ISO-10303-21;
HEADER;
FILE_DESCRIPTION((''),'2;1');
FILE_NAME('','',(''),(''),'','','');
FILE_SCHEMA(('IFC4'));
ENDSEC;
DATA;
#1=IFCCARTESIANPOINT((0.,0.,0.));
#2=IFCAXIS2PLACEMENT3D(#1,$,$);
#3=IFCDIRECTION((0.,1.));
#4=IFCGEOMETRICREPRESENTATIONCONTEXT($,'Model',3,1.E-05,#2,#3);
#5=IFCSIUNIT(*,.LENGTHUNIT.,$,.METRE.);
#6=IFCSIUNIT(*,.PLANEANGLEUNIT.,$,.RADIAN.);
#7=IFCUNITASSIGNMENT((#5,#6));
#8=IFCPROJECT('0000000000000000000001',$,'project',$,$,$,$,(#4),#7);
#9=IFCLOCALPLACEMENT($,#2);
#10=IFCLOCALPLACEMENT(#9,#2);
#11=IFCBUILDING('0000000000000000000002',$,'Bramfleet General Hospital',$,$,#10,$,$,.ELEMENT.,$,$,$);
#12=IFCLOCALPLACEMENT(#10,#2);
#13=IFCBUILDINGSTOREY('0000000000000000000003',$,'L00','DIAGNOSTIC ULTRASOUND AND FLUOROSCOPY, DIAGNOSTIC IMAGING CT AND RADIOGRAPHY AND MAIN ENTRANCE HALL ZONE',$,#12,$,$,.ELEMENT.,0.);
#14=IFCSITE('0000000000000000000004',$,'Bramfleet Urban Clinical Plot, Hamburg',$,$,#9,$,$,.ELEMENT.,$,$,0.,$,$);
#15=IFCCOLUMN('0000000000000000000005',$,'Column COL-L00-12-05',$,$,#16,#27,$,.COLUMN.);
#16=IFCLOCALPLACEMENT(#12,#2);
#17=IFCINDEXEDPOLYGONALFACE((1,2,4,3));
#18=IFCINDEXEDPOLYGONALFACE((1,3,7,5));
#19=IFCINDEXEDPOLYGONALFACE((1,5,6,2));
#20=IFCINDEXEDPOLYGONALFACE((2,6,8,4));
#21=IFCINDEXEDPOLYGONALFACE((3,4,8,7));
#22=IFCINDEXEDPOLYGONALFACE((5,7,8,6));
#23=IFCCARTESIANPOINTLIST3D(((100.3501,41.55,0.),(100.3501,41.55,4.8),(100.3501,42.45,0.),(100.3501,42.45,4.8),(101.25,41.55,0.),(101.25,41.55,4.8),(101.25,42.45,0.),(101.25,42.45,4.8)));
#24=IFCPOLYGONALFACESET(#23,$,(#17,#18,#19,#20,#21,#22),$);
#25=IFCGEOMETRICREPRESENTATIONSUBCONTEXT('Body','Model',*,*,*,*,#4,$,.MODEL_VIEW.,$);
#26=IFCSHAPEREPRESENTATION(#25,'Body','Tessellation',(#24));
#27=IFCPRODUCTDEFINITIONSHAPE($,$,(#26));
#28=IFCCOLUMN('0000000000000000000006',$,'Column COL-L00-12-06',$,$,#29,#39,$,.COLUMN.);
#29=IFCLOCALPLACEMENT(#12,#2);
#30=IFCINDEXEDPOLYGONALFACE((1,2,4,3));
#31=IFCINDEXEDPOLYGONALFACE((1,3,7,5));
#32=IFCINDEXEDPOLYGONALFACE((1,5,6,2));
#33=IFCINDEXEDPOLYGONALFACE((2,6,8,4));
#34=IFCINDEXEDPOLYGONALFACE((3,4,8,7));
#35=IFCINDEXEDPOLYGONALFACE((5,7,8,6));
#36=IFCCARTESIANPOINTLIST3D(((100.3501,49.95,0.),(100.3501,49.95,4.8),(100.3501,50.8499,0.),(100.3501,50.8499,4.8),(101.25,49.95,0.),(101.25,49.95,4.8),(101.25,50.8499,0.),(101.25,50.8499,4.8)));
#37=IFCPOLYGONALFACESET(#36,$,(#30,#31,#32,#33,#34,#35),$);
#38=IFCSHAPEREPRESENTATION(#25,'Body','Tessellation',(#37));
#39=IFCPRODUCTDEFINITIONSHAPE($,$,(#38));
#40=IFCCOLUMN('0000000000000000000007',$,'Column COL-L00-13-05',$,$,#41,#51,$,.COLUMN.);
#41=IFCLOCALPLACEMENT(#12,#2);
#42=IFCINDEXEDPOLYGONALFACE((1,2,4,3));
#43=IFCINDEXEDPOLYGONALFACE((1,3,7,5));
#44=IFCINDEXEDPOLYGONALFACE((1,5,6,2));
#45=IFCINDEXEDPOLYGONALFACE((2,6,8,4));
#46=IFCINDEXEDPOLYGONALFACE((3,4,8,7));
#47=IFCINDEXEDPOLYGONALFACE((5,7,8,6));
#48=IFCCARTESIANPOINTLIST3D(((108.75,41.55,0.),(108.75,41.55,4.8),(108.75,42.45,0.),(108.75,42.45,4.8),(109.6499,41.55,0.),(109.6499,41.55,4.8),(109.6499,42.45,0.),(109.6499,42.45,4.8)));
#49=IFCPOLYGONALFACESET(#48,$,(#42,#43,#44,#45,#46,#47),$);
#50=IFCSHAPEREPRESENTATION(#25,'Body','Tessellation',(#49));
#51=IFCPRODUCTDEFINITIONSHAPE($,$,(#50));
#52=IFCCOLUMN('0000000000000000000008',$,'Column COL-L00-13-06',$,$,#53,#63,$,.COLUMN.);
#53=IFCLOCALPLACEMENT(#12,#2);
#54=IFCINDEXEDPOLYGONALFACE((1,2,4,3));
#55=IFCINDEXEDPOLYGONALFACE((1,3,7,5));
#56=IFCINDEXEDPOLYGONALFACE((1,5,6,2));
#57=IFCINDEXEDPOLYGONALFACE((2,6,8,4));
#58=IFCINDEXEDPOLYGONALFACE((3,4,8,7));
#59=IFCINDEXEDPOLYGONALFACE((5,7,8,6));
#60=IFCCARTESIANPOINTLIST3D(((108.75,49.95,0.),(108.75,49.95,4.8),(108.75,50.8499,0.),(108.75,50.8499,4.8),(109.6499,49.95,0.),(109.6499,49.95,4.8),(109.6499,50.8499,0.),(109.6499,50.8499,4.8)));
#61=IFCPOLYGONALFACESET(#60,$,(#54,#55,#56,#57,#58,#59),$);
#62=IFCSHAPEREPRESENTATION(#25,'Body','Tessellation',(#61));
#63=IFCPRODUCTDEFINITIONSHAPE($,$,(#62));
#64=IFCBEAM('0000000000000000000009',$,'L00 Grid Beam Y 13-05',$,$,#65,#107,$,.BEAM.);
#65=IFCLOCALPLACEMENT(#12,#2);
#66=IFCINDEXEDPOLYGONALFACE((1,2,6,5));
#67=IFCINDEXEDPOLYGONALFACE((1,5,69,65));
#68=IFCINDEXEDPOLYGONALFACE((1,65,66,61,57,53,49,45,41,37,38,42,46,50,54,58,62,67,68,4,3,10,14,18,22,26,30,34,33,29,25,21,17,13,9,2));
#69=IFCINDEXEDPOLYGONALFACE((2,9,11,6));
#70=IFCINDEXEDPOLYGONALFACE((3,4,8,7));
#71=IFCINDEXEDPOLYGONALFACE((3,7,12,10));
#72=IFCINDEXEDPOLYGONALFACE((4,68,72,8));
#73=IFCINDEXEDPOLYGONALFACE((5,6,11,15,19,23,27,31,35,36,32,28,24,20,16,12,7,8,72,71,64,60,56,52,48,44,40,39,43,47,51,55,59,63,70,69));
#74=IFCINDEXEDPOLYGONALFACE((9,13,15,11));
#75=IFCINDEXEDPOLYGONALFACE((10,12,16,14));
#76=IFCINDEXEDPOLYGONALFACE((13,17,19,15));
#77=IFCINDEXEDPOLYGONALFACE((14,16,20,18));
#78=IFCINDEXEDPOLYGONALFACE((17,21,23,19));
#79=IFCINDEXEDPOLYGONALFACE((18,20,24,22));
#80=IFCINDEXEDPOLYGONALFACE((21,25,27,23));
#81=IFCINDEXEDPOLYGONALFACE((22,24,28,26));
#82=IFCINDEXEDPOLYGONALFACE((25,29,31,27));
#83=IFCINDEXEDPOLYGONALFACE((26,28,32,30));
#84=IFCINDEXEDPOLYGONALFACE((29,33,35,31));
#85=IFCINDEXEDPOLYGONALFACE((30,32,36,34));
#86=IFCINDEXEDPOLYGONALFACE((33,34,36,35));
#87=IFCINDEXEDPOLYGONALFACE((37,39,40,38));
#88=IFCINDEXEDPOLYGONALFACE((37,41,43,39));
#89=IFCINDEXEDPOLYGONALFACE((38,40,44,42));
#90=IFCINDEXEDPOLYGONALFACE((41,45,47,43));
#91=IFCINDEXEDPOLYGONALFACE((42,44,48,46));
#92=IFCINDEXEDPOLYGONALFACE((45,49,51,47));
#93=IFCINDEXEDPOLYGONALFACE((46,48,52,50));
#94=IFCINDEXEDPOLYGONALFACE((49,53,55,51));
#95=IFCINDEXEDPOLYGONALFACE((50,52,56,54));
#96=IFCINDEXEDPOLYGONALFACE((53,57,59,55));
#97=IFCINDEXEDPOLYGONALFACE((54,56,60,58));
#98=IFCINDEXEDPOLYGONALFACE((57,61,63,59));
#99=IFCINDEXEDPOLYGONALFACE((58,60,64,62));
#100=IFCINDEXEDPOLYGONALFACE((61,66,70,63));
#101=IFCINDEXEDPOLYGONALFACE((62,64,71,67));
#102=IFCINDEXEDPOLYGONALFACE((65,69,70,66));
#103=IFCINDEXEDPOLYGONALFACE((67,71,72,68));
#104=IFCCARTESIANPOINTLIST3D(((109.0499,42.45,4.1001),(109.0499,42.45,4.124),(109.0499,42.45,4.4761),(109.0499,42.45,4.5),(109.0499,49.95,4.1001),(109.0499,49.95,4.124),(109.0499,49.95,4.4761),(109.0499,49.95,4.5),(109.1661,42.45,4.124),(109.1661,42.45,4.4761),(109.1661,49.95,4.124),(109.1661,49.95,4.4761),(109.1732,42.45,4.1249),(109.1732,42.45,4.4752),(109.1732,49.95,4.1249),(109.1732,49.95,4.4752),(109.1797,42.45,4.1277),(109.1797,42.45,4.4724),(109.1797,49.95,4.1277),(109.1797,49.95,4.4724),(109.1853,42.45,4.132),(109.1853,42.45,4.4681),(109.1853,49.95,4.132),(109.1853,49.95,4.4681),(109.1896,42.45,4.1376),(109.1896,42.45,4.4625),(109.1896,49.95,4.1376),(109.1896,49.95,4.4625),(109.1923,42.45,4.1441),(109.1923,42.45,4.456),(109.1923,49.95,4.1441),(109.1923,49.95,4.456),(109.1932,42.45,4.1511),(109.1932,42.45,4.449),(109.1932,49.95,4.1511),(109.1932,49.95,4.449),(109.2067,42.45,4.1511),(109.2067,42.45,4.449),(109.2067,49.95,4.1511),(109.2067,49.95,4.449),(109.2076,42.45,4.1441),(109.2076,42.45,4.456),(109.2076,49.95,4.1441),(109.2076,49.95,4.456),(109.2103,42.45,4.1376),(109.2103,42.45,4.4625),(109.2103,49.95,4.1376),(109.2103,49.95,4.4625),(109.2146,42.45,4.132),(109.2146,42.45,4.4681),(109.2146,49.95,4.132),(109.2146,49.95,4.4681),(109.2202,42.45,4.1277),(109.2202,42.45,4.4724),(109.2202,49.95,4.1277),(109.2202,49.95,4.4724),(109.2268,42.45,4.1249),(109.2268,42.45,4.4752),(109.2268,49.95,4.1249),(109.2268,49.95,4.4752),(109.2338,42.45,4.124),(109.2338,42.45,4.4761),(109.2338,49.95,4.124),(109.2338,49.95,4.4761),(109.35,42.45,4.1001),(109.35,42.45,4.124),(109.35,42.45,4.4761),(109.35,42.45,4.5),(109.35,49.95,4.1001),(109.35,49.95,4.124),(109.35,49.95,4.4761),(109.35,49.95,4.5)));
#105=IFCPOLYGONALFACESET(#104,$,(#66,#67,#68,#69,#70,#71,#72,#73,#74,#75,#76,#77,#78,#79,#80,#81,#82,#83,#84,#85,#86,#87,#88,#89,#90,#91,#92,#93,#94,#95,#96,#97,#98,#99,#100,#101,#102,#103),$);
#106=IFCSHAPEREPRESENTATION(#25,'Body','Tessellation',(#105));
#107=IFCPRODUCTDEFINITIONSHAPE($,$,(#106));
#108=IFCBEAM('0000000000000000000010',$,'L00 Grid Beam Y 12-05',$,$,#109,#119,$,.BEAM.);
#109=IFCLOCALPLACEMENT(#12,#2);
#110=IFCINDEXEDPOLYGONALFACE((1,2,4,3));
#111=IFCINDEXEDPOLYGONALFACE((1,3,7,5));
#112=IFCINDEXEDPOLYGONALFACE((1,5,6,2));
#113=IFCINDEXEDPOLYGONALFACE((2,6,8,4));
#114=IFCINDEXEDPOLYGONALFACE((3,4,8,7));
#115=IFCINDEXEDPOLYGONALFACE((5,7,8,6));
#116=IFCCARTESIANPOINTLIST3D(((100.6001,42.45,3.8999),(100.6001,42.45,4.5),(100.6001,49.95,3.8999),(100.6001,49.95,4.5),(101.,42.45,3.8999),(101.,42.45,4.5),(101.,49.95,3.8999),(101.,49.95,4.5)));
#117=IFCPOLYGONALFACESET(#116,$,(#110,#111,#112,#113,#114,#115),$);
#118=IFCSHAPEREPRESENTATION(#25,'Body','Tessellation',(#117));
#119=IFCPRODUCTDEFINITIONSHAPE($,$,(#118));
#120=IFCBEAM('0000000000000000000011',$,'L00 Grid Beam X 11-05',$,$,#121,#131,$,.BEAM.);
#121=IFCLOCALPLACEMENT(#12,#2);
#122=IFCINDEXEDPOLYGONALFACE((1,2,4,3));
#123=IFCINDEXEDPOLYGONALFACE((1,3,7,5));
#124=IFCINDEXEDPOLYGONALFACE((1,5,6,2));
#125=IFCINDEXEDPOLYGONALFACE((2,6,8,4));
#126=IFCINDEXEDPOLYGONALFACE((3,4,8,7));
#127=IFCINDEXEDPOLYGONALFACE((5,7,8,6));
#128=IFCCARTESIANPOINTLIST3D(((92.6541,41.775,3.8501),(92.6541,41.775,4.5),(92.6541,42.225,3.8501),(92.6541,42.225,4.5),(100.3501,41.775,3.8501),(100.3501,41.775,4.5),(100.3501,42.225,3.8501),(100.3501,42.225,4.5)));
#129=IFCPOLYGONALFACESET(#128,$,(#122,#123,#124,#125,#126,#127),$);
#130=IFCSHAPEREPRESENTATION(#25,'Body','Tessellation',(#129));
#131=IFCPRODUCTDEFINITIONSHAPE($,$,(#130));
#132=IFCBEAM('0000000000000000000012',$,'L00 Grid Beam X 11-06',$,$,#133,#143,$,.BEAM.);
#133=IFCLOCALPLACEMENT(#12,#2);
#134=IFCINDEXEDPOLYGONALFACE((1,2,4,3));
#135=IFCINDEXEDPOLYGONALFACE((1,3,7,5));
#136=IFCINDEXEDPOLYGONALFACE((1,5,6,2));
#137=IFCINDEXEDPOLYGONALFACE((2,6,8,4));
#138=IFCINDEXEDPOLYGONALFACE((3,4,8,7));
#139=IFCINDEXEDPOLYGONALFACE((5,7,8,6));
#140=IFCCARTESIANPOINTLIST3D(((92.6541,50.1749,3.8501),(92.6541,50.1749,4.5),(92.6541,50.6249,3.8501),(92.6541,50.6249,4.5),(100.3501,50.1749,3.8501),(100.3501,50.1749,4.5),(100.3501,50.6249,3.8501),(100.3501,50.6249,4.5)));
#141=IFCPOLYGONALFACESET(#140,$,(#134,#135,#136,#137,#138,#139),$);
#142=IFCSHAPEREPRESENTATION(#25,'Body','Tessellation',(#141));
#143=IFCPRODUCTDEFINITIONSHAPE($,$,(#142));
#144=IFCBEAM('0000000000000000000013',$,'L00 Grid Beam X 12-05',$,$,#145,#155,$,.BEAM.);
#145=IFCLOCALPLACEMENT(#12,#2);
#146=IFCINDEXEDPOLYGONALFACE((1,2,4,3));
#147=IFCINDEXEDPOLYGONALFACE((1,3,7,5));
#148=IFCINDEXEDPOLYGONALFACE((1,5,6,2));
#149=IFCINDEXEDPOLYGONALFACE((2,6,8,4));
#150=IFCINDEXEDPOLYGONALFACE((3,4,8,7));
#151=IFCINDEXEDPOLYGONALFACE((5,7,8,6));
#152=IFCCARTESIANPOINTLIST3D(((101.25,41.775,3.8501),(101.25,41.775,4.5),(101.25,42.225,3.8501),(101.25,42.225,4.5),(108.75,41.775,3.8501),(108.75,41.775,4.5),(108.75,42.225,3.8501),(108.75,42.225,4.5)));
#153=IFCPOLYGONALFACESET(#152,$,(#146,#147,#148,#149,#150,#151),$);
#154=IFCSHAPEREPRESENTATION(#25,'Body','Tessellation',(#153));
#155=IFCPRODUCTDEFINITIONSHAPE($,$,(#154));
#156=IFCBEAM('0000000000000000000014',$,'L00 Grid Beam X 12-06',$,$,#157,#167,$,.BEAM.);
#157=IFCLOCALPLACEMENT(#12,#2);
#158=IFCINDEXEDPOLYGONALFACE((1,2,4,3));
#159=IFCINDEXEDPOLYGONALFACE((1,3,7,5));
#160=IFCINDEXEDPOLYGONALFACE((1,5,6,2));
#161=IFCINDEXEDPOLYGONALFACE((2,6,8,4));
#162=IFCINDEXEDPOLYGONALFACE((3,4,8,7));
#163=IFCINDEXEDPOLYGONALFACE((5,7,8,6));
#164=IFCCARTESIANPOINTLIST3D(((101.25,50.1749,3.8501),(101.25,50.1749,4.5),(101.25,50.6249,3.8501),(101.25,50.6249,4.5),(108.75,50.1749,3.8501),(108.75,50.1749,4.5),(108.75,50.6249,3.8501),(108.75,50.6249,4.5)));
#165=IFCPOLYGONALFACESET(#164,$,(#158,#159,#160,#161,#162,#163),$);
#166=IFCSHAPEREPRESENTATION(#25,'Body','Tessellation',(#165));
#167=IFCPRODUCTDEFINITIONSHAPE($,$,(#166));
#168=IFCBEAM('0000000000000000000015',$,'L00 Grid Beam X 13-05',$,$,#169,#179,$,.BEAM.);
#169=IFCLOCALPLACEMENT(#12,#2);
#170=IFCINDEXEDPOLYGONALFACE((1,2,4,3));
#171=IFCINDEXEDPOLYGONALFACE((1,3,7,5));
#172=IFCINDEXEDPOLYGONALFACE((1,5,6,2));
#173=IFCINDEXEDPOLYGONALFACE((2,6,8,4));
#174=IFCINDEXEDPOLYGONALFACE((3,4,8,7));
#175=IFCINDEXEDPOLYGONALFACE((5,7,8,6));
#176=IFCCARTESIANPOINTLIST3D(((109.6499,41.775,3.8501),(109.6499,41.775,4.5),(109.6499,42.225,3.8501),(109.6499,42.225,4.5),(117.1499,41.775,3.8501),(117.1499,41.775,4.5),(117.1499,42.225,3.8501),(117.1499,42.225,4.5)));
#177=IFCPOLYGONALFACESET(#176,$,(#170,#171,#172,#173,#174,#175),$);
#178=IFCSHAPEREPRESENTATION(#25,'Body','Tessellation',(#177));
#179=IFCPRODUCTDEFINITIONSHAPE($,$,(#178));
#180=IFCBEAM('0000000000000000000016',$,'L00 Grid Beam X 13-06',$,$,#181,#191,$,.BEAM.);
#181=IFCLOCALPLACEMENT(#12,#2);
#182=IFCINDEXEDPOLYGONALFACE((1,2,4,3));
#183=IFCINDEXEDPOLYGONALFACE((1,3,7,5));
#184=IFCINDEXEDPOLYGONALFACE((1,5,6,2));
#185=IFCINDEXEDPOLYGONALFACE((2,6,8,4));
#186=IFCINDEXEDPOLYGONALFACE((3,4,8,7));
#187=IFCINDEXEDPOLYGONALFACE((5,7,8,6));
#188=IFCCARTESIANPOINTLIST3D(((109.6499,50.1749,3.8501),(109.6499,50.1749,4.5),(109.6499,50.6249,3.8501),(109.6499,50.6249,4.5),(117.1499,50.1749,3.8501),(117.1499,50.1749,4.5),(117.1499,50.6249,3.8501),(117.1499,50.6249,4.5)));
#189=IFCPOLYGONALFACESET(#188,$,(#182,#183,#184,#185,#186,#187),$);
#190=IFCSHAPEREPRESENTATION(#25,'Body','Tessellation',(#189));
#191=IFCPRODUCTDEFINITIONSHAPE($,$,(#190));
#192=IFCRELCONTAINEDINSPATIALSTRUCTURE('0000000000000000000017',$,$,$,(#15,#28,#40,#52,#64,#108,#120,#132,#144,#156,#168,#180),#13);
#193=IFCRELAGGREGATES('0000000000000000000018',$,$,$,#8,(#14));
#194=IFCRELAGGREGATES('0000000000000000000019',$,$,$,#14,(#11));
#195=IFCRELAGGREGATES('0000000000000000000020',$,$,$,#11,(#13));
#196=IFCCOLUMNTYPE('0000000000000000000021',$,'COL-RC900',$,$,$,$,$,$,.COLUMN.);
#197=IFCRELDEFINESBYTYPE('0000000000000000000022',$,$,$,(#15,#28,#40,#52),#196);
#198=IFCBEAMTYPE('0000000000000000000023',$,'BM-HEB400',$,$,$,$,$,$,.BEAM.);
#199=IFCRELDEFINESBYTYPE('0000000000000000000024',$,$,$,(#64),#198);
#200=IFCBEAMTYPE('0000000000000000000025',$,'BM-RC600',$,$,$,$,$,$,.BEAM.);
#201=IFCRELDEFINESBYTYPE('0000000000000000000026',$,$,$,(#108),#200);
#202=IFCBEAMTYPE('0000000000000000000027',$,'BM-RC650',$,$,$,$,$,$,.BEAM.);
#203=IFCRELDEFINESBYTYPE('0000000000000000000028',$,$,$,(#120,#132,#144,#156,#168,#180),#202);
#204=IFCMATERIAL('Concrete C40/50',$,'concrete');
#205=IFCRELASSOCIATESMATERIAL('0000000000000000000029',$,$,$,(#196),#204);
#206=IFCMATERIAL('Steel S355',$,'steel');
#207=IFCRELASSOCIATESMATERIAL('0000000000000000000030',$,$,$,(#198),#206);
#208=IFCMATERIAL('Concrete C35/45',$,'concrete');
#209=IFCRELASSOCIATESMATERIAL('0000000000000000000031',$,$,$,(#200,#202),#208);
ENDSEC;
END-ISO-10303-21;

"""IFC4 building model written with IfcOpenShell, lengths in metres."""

from ifc_helpers import new_model, si_unit, direction, frame, origin, origin_2d, place, context, subcontext, project, spatial, rectangle, i_section, extrude, material, material_profile, profile_set, type_object, element, save


model = new_model("IFC4")

# Units and contexts
model_context = context("Model", 3, precision=1e-05, world=origin(), true_north=direction((0.0, 1.0)))
body_context = subcontext(model_context, "Body", "Model", "MODEL_VIEW")
ifc_project = project(units=[si_unit("LENGTHUNIT", "METRE"), si_unit("PLANEANGLEUNIT", "RADIAN")], contexts=[model_context])

# Site, building, storey
site_placement = place(None, origin())
site = spatial("IfcSite", under=ifc_project, at=site_placement, Name="Bramfleet Urban Clinical Plot, Hamburg", CompositionType="ELEMENT", RefElevation=0.0)
building_placement = place(site_placement, origin())
building = spatial("IfcBuilding", under=site, at=building_placement, Name="Bramfleet General Hospital", CompositionType="ELEMENT")
storey_placement = place(building_placement, origin())
storey = spatial("IfcBuildingStorey", under=building, at=storey_placement, Name="L00", Description="DIAGNOSTIC ULTRASOUND AND FLUOROSCOPY, DIAGNOSTIC IMAGING CT AND RADIOGRAPHY AND MAIN ENTRANCE HALL ZONE", CompositionType="ELEMENT", Elevation=0.0)

# Columns
ifc_material_1 = material(Name="Concrete C40/50", Category="concrete")
ifc_material_profile_1 = material_profile(ifc_material_1, rectangle(XDim=0.8999, YDim=0.8999, at=origin_2d()), Name="RC COL 900x900")
ifc_profile_set_1 = profile_set([ifc_material_profile_1], Name="Concrete C40/50")
column_type = type_object("IfcColumnType", Name="COL-RC900", PredefinedType="COLUMN", material=ifc_profile_set_1)
for number, where, z_axis, x_axis, name in (
    (1, (100.8, 42.0, 0.0), (0.0, 0.0, 1.0), (1.0, 0.0, 0.0), "Column COL-L00-12-05"),
    (2, (100.8, 50.3999, 0.0), (0.0, 0.0, 1.0), (1.0, 0.0, 0.0), "Column COL-L00-12-06"),
    (3, (109.2, 42.0, 0.0), (0.0, 0.0, 1.0), (1.0, 0.0, 0.0), "Column COL-L00-13-05"),
    (4, (109.2, 50.3999, 0.0), (0.0, 0.0, 1.0), (1.0, 0.0, 0.0), "Column COL-L00-13-06"),
):
    element("IfcColumn", number, at=place(storey_placement, frame(where, z_axis=z_axis, x_axis=x_axis)), inside=storey, type_object=column_type, Name=name, PredefinedType="COLUMN", context=body_context, shape_type="SweptSolid", body=[
        extrude(rectangle(XDim=0.8999, YDim=0.8999, at=origin_2d()), origin(), (0.0, 0.0, 1.0), 4.8),
    ])

# Beams
ifc_material_2 = material(Name="Steel S355", Category="steel")
ifc_material_profile_2 = material_profile(ifc_material_2, i_section(OverallWidth=0.3, OverallDepth=0.3999, WebThickness=0.0134, FlangeThickness=0.0239, FilletRadius=0.0271, at=origin_2d()), Name="HEB 400")
ifc_profile_set_2 = profile_set([ifc_material_profile_2], Name="Steel S355")
beam_type_1 = type_object("IfcBeamType", Name="BM-HEB400", PredefinedType="BEAM", material=ifc_profile_set_2)
beam_1_placement = place(storey_placement, frame((109.2, 42.45, 4.3), z_axis=(0.0, 1.0, 0.0), x_axis=(-1.0, 0.0, 0.0)))
element("IfcBeam", 5, at=beam_1_placement, inside=storey, type_object=beam_type_1, Name="L00 Grid Beam Y 13-05", PredefinedType="BEAM", context=body_context, shape_type="SweptSolid", body=[
    extrude(i_section(OverallWidth=0.3, OverallDepth=0.3999, WebThickness=0.0134, FlangeThickness=0.0239, FilletRadius=0.0271, at=origin_2d()), origin(), (0.0, 0.0, 1.0), 7.5),
])
ifc_material_3 = material(Name="Concrete C35/45", Category="concrete")
ifc_material_profile_3 = material_profile(ifc_material_3, rectangle(XDim=0.3999, YDim=0.6001, at=origin_2d()), Name="RC BM 600x400")
ifc_profile_set_3 = profile_set([ifc_material_profile_3], Name="Concrete C35/45")
beam_type_2 = type_object("IfcBeamType", Name="BM-RC600", PredefinedType="BEAM", material=ifc_profile_set_3)
beam_2_placement = place(storey_placement, frame((100.8, 42.45, 4.2), z_axis=(0.0, 1.0, 0.0), x_axis=(-1.0, 0.0, 0.0)))
element("IfcBeam", 6, at=beam_2_placement, inside=storey, type_object=beam_type_2, Name="L00 Grid Beam Y 12-05", PredefinedType="BEAM", context=body_context, shape_type="SweptSolid", body=[
    extrude(rectangle(XDim=0.3999, YDim=0.6001, at=origin_2d()), origin(), (0.0, 0.0, 1.0), 7.5),
])
ifc_material_profile_4 = material_profile(ifc_material_3, rectangle(XDim=0.45, YDim=0.6499, at=origin_2d()), Name="RC BM 650x450")
ifc_profile_set_4 = profile_set([ifc_material_profile_4], Name="Concrete C35/45")
beam_type_3 = type_object("IfcBeamType", Name="BM-RC650", PredefinedType="BEAM", material=ifc_profile_set_4)
for number, where, z_axis, x_axis, name in (
    (7, (92.6541, 42.0, 4.175), (1.0, 0.0, 0.0), (0.0, 1.0, 0.0), "L00 Grid Beam X 11-05"),
    (8, (92.6541, 50.3999, 4.175), (1.0, 0.0, 0.0), (0.0, 1.0, 0.0), "L00 Grid Beam X 11-06"),
):
    element("IfcBeam", number, at=place(storey_placement, frame(where, z_axis=z_axis, x_axis=x_axis)), inside=storey, type_object=beam_type_3, Name=name, PredefinedType="BEAM", context=body_context, shape_type="SweptSolid", body=[
        extrude(rectangle(XDim=0.45, YDim=0.6499, at=origin_2d()), origin(), (0.0, 0.0, 1.0), 7.696),
    ])
for number, where, z_axis, x_axis, name in (
    (9, (101.25, 42.0, 4.175), (1.0, 0.0, 0.0), (0.0, 1.0, 0.0), "L00 Grid Beam X 12-05"),
    (10, (101.25, 50.3999, 4.175), (1.0, 0.0, 0.0), (0.0, 1.0, 0.0), "L00 Grid Beam X 12-06"),
    (11, (109.6499, 42.0, 4.175), (1.0, 0.0, 0.0), (0.0, 1.0, 0.0), "L00 Grid Beam X 13-05"),
    (12, (109.6499, 50.3999, 4.175), (1.0, 0.0, 0.0), (0.0, 1.0, 0.0), "L00 Grid Beam X 13-06"),
):
    element("IfcBeam", number, at=place(storey_placement, frame(where, z_axis=z_axis, x_axis=x_axis)), inside=storey, type_object=beam_type_3, Name=name, PredefinedType="BEAM", context=body_context, shape_type="SweptSolid", body=[
        extrude(rectangle(XDim=0.45, YDim=0.6499, at=origin_2d()), origin(), (0.0, 0.0, 1.0), 7.5),
    ])

save(model, "model.ifc")
